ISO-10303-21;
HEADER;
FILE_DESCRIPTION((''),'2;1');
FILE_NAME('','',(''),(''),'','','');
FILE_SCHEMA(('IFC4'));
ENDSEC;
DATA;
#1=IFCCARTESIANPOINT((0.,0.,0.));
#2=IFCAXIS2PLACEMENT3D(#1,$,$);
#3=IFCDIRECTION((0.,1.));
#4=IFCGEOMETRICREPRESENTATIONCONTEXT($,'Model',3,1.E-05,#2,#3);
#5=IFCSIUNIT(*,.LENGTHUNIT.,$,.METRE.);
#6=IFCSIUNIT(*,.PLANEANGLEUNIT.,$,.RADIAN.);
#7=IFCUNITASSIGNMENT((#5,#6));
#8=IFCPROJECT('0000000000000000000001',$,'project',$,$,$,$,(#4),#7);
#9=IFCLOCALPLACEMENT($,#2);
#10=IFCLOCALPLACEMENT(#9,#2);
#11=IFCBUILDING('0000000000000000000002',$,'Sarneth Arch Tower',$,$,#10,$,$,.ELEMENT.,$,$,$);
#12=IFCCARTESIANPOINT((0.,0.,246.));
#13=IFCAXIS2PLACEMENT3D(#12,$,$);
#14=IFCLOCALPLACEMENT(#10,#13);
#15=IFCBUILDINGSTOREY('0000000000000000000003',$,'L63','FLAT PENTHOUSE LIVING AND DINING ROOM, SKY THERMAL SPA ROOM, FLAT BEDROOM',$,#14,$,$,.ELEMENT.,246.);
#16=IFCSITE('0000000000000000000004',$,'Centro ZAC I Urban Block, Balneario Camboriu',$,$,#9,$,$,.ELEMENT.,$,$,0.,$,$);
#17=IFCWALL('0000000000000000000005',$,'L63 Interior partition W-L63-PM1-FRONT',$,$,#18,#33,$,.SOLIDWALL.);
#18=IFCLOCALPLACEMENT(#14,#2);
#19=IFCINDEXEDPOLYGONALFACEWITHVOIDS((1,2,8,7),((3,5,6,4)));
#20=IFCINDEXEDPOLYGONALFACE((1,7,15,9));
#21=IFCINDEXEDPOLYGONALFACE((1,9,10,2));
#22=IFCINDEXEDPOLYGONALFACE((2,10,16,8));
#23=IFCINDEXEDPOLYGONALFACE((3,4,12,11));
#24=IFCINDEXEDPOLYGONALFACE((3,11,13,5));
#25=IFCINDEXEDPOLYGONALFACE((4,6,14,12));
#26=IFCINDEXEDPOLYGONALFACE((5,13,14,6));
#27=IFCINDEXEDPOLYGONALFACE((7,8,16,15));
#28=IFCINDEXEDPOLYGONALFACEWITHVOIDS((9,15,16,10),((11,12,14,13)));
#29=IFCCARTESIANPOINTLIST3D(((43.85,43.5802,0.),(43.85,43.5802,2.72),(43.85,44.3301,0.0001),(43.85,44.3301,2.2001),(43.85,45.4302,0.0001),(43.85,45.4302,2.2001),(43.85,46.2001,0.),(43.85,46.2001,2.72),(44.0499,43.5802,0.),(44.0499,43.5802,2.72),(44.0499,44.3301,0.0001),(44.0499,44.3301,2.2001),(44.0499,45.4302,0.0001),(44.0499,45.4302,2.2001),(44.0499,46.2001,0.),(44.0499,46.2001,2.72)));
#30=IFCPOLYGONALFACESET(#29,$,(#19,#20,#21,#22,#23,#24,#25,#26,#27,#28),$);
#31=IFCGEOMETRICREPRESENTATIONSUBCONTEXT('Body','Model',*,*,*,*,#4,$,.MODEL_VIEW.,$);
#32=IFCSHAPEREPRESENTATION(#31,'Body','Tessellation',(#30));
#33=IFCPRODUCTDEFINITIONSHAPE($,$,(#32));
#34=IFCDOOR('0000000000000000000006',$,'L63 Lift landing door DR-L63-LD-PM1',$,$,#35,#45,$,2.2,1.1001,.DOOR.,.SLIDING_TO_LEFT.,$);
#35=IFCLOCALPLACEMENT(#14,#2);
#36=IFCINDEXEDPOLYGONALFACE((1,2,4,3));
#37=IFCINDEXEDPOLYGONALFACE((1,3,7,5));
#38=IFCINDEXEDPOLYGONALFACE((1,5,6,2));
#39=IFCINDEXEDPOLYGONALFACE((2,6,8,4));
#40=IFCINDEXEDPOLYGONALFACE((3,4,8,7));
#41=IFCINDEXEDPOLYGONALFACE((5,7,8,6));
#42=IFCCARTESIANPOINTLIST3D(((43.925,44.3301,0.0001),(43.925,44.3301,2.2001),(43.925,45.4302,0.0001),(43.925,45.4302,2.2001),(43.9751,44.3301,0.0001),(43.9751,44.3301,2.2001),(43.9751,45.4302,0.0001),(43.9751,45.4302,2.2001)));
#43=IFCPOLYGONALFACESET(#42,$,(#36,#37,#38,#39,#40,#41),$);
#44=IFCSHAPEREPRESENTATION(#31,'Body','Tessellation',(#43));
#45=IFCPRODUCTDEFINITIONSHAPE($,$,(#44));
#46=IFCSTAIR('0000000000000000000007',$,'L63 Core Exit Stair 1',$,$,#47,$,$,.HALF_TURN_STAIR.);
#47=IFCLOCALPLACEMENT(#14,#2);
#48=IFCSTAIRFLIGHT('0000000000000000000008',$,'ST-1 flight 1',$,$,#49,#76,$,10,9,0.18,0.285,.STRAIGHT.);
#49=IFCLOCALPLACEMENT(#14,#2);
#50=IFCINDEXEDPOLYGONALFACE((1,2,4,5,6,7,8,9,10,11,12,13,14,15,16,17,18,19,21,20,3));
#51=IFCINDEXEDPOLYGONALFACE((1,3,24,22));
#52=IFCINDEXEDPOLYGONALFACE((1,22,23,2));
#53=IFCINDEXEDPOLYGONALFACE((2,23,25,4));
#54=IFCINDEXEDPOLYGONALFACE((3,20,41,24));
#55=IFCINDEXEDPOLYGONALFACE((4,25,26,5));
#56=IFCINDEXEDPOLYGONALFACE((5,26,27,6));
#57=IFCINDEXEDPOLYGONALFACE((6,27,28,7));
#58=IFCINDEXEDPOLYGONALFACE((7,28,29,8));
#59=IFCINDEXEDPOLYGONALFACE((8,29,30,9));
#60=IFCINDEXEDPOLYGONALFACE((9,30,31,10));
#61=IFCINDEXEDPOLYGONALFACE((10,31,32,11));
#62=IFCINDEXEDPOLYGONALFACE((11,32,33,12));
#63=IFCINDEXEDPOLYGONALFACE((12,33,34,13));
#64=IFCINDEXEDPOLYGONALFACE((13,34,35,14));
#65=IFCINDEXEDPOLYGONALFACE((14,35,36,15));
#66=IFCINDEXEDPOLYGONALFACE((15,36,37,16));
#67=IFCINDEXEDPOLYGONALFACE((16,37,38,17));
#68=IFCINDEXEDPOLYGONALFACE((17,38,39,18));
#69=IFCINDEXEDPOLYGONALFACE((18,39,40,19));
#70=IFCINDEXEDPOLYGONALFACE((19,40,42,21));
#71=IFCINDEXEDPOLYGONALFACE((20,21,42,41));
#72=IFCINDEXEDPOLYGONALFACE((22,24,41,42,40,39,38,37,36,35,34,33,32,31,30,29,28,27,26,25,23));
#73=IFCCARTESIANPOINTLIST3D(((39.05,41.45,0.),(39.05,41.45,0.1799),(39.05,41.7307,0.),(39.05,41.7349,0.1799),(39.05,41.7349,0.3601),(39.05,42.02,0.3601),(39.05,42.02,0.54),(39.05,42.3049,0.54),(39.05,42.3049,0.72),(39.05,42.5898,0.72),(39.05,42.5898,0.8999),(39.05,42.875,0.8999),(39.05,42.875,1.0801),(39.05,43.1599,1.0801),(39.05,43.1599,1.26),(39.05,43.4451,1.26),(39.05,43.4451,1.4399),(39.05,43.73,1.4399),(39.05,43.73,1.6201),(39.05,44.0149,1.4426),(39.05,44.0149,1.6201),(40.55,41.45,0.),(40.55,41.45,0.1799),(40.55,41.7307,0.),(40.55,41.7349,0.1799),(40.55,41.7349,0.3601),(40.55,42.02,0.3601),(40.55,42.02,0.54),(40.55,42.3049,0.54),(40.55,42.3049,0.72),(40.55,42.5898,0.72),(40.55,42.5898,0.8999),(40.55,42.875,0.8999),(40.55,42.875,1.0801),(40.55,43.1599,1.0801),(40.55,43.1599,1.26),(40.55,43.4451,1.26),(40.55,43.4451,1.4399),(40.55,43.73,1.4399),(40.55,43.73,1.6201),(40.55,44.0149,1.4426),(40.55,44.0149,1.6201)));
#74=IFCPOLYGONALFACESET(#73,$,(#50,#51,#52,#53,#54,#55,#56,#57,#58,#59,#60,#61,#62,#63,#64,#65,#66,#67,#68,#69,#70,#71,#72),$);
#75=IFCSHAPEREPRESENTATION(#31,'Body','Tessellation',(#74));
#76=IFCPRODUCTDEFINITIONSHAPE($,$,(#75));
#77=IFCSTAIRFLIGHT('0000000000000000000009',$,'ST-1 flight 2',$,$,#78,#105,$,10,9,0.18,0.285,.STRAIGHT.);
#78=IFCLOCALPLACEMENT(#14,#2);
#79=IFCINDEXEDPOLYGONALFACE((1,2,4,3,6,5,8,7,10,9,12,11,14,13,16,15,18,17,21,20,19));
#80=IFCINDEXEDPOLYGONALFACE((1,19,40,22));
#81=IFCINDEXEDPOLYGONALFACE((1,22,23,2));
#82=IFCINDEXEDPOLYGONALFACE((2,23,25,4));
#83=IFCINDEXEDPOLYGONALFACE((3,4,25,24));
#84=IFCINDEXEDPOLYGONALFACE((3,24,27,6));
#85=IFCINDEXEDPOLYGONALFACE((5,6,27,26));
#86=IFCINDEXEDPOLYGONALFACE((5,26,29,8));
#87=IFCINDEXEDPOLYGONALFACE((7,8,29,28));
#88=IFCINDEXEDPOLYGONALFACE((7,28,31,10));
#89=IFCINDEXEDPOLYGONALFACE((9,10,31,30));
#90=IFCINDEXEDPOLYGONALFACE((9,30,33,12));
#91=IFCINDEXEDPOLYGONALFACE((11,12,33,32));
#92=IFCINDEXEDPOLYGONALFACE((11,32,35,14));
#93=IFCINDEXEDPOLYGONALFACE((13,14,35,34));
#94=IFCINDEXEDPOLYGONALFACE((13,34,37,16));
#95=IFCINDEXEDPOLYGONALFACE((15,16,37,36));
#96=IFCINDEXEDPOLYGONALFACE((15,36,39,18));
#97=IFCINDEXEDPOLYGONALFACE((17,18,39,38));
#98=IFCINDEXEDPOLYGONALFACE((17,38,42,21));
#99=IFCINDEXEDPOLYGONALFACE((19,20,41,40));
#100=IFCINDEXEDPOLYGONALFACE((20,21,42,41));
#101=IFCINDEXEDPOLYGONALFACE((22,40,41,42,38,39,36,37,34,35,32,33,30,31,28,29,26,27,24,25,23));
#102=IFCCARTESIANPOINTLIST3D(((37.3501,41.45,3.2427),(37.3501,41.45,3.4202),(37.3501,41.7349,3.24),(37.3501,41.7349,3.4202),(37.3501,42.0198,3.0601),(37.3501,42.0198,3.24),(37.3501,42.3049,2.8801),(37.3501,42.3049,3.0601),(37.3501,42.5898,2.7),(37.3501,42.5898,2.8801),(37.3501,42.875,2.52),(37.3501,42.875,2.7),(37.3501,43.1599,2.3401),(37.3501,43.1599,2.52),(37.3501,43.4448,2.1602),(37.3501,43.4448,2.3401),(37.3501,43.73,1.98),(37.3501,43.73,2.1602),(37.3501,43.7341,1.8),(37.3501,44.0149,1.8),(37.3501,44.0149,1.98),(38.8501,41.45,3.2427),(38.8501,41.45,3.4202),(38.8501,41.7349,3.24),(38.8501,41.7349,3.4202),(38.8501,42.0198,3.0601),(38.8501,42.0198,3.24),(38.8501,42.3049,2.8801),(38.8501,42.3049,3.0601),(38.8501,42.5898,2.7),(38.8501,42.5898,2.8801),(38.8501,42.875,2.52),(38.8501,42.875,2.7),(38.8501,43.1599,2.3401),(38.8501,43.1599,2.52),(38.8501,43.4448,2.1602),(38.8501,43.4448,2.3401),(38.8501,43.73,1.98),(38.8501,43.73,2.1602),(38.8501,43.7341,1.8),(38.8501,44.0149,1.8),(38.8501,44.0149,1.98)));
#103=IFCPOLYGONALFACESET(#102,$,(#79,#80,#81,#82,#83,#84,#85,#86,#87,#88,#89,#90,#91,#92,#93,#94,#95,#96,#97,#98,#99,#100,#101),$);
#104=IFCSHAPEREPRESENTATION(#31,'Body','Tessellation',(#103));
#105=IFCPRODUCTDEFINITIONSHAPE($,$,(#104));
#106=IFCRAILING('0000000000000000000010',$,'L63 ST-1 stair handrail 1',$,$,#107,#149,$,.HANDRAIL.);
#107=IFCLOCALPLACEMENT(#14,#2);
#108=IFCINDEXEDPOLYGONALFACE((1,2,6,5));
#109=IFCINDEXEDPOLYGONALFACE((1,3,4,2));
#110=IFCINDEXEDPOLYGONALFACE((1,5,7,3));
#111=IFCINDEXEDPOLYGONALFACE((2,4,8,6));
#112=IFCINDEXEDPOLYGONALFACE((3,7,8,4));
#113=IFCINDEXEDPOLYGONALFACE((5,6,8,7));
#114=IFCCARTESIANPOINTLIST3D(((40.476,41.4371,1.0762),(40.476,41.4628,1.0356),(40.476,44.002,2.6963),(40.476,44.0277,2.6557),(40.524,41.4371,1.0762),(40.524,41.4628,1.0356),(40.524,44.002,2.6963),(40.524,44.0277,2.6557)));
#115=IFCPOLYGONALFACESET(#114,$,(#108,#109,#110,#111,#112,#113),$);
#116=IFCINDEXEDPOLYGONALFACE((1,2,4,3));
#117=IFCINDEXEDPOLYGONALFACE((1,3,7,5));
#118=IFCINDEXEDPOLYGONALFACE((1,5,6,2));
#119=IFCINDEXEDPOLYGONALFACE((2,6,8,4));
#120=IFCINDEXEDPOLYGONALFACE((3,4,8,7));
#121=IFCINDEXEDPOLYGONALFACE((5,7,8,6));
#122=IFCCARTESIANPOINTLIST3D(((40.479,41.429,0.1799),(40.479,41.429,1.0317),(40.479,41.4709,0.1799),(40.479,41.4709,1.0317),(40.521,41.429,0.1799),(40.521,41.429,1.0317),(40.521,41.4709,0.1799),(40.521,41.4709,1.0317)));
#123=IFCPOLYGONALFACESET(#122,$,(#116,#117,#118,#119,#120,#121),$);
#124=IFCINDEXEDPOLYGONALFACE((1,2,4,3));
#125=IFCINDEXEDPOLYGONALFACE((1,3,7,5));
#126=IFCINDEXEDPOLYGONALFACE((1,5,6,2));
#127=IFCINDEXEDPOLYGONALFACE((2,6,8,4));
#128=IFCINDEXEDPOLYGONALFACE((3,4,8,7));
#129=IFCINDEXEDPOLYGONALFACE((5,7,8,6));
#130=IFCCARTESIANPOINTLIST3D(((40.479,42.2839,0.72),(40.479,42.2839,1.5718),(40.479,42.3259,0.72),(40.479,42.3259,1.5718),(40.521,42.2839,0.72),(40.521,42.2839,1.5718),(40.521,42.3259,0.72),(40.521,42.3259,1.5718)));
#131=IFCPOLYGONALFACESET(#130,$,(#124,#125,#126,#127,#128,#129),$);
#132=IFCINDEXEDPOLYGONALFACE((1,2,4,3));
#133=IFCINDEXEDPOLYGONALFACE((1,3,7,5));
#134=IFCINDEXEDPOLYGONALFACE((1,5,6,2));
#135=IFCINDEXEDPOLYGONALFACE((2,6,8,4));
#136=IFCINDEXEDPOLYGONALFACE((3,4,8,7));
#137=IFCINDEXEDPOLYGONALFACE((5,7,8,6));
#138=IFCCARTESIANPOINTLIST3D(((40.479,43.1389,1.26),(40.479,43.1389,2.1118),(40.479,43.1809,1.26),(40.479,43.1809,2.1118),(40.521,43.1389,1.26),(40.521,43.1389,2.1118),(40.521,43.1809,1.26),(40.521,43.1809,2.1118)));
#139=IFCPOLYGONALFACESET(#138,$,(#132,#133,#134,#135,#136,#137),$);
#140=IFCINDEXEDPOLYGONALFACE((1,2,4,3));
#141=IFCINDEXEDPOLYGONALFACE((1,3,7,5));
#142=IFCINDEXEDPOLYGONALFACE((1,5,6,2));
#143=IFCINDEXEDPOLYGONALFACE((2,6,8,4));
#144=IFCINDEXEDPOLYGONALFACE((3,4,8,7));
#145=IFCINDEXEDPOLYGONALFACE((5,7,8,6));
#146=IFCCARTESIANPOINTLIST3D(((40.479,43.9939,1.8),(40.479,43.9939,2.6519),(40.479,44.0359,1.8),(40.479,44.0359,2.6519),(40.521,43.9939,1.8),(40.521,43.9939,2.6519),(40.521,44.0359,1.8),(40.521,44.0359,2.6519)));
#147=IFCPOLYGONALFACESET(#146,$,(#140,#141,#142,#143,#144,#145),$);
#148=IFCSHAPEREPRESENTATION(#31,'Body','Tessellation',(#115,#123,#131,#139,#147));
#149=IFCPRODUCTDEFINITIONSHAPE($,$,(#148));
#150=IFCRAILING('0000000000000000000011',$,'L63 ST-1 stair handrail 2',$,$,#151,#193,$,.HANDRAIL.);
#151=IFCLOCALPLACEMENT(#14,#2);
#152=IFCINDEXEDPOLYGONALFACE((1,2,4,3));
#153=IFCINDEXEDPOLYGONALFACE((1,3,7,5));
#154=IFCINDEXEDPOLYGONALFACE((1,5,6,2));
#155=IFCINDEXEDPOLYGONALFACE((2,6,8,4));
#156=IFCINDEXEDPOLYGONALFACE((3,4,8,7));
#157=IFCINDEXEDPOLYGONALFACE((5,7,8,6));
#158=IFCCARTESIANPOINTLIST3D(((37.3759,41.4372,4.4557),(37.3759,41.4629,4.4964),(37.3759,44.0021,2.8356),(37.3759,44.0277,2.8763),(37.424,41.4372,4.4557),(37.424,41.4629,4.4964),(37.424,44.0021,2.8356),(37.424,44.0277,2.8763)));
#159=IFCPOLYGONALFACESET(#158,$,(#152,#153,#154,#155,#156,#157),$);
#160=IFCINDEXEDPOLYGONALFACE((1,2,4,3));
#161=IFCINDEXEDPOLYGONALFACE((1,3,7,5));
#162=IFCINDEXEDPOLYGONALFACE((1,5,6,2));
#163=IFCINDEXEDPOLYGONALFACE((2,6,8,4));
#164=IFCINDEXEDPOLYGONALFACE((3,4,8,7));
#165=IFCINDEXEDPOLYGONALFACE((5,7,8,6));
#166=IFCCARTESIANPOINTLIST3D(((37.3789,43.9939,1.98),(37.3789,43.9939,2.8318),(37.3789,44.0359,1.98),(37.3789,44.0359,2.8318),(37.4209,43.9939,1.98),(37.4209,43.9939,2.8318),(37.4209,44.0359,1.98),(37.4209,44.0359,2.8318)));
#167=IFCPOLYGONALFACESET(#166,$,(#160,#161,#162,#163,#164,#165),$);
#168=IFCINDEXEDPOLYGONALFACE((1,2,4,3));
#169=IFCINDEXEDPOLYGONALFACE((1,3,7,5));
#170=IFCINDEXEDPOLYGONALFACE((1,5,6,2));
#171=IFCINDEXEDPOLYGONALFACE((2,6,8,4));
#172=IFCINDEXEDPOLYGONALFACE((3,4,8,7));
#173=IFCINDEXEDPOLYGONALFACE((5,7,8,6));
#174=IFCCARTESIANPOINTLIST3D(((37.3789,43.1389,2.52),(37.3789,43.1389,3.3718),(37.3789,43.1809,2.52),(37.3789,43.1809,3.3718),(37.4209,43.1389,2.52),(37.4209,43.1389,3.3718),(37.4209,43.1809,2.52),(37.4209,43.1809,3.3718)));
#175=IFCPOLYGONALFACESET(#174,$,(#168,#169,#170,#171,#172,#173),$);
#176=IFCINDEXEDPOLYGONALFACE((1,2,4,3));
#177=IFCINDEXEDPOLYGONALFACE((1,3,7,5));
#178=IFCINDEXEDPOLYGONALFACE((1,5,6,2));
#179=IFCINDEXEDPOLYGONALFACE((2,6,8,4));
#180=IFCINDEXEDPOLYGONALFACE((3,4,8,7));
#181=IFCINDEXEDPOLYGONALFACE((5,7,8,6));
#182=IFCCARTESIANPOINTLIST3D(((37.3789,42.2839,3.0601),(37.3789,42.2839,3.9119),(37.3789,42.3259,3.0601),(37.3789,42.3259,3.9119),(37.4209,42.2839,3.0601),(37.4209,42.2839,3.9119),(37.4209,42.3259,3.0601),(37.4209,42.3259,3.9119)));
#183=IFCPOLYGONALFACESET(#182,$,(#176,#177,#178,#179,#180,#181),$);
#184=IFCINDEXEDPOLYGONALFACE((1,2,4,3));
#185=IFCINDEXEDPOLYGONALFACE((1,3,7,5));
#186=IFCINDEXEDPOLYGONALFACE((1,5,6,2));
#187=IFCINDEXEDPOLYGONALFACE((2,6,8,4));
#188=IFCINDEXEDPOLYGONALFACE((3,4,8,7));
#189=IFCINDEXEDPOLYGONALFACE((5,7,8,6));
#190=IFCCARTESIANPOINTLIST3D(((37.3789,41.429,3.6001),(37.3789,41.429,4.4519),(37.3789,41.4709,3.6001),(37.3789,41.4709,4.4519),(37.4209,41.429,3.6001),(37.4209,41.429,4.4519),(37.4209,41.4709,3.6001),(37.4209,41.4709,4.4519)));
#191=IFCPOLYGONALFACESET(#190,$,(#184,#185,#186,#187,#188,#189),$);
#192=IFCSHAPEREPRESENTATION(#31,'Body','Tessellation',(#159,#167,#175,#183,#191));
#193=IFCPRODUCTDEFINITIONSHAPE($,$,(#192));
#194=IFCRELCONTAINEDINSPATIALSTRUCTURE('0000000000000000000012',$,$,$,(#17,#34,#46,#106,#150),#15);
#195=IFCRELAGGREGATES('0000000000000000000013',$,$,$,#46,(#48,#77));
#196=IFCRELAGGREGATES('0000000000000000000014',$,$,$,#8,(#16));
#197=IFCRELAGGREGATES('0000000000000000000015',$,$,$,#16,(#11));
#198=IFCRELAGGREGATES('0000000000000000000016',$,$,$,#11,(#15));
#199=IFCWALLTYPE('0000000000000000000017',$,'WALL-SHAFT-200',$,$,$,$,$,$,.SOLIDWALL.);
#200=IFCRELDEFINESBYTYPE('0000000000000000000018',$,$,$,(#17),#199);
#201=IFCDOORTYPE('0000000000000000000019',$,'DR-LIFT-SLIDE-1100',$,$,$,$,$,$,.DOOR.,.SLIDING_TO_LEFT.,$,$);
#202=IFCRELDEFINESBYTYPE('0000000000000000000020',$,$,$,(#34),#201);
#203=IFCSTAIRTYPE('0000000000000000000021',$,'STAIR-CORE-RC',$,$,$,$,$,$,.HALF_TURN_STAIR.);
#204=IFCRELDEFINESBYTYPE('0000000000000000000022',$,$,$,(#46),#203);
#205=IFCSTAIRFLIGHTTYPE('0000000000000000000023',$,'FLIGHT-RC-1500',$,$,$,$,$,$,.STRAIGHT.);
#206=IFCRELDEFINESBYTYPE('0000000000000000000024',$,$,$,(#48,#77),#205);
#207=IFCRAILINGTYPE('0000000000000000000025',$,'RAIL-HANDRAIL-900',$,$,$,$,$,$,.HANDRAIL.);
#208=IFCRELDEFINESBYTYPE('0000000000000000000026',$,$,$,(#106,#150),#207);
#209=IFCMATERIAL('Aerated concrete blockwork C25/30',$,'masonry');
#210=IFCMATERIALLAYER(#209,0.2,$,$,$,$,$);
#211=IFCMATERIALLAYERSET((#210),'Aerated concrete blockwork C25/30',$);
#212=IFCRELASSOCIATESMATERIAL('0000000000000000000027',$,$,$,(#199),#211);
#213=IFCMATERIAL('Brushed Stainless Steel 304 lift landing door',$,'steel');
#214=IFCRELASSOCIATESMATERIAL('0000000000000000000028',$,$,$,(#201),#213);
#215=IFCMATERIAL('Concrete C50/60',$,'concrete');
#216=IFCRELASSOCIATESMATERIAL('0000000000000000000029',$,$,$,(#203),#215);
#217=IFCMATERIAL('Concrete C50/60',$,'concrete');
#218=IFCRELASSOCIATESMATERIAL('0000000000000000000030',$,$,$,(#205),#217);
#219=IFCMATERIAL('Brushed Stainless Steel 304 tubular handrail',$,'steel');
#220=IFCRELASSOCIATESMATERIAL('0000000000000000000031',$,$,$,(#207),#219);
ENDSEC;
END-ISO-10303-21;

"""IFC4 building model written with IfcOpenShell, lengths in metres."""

from ifc_helpers import new_model, si_unit, direction, frame, frame_2d, origin, origin_2d, place, context, subcontext, project, spatial, polyline, rectangle, outline, extrude, material, layer, layer_set, type_object, element, fill, aggregate, save


model = new_model("IFC4")

# Units and contexts
model_context = context("Model", 3, precision=1e-05, world=origin(), true_north=direction((0.0, 1.0)))
body_context = subcontext(model_context, "Body", "Model", "MODEL_VIEW")
ifc_project = project(units=[si_unit("LENGTHUNIT", "METRE"), si_unit("PLANEANGLEUNIT", "RADIAN")], contexts=[model_context])

# Site, building, storey
site_placement = place(None, origin())
site = spatial("IfcSite", under=ifc_project, at=site_placement, Name="Centro ZAC I Urban Block, Balneario Camboriu", CompositionType="ELEMENT", RefElevation=0.0)
building_placement = place(site_placement, origin())
building = spatial("IfcBuilding", under=site, at=building_placement, Name="Sarneth Arch Tower", CompositionType="ELEMENT")
storey_placement = place(building_placement, frame((0.0, 0.0, 246.0)))
storey = spatial("IfcBuildingStorey", under=building, at=storey_placement, Name="L63", Description="FLAT PENTHOUSE LIVING AND DINING ROOM, SKY THERMAL SPA ROOM, FLAT BEDROOM", CompositionType="ELEMENT", Elevation=246.0)

# Shared definitions
ifc_material_1 = material(Name="Aerated concrete blockwork C25/30", Category="masonry")
ifc_layer_1 = layer(ifc_material_1, 0.2)
ifc_layer_set_1 = layer_set([ifc_layer_1], Name="Aerated concrete blockwork C25/30")
wall_type_1 = type_object("IfcWallType", Name="WALL-SHAFT-200", PredefinedType="SOLIDWALL", material=ifc_layer_set_1)

# Wall, opening, door
wall_1_placement = place(storey_placement, frame((43.95, 43.5801, 0.0), z_axis=(0.0, 0.0, 1.0), x_axis=(0.0, 1.0, 0.0)))
wall_1 = element("IfcWall", 1, at=wall_1_placement, inside=storey, type_object=wall_type_1, Name="L63 Interior partition W-L63-PM1-FRONT", PredefinedType="SOLIDWALL", context=body_context, shape_type="SweptSolid", body=[
    extrude(rectangle(XDim=2.6199, YDim=0.2, at=frame_2d((1.3101, 0.0))), origin(), (0.0, 0.0, 1.0), 2.72),
])
opening_1_placement = place(wall_1_placement, frame((0.75, 0.0, 0.0)))
opening_1 = element("IfcOpeningElement", 2, at=opening_1_placement, cuts=wall_1, PredefinedType="OPENING", context=body_context, shape_type="SweptSolid", body=[
    extrude(rectangle(XDim=1.1001, YDim=2.2, at=frame_2d((0.55, 1.1001))), frame((0.0, 0.1099, 0.0), z_axis=(0.0, -1.0, 0.0), x_axis=(1.0, 0.0, 0.0)), (0.0, 0.0, 1.0), 0.22),
])
ifc_material_2 = material(Name="Brushed Stainless Steel 304 lift landing door", Category="steel")
door_type_1 = type_object("IfcDoorType", Name="DR-LIFT-SLIDE-1100", OperationType="SLIDING_TO_LEFT", PredefinedType="DOOR", material=ifc_material_2)
door_1_placement = place(opening_1_placement, origin())
door_1 = element("IfcDoor", 3, at=door_1_placement, inside=storey, type_object=door_type_1, Name="L63 Lift landing door DR-L63-LD-PM1", OperationType="SLIDING_TO_LEFT", OverallHeight=2.2, OverallWidth=1.1001, PredefinedType="DOOR", context=body_context, shape_type="SweptSolid", body=[
    extrude(rectangle(XDim=1.1001, YDim=2.2, at=frame_2d((0.55, 1.1001))), frame((0.0, 0.0249, 0.0), z_axis=(0.0, -1.0, 0.0), x_axis=(1.0, 0.0, 0.0)), (0.0, 0.0, 1.0), 0.05),
])
fill(opening_1, door_1)

# Stair, stair flights
ifc_material_3 = material(Name="Concrete C50/60", Category="concrete")
stair_type = type_object("IfcStairType", Name="STAIR-CORE-RC", PredefinedType="HALF_TURN_STAIR", material=ifc_material_3)
stair_placement = place(storey_placement, origin())
stair = element("IfcStair", 4, at=stair_placement, inside=storey, type_object=stair_type, Name="L63 Core Exit Stair 1", PredefinedType="HALF_TURN_STAIR")
ifc_material_4 = material(Name="Concrete C50/60", Category="concrete")
stair_flight_type = type_object("IfcStairFlightType", Name="FLIGHT-RC-1500", PredefinedType="STRAIGHT", material=ifc_material_4)
stair_flight_1_placement = place(storey_placement, frame((39.8, 41.45, 0.0), z_axis=(0.0, 0.0, 1.0), x_axis=(0.0, 1.0, 0.0)))
stair_flight_1 = element("IfcStairFlight", 5, at=stair_flight_1_placement, type_object=stair_flight_type, Name="ST-1 flight 1", NumberOfRisers=10, NumberOfTreads=9, PredefinedType="STRAIGHT", RiserHeight=0.18, TreadLength=0.285, context=body_context, shape_type="SweptSolid", body=[
    extrude(outline(polyline([(0.0, 0.0), (0.0, 0.1799), (0.2849, 0.1799), (0.2849, 0.3601), (0.5701, 0.3601), (0.5701, 0.54), (0.855, 0.54), (0.855, 0.72), (1.1399, 0.72), (1.1399, 0.8999), (1.425, 0.8999), (1.425, 1.0801), (1.71, 1.0801), (1.71, 1.26), (1.9951, 1.26), (1.9951, 1.4399), (2.28, 1.4399), (2.28, 1.6201), (2.5649, 1.6201), (2.5649, 1.8), (2.5649, 1.4426), (0.2808, 0.0), (0.0, 0.0)])), frame((0.0, 0.75, 0.0), z_axis=(0.0, -1.0, 0.0), x_axis=(1.0, 0.0, 0.0)), (0.0, 0.0, 1.0), 1.5),
])
stair_flight_2_placement = place(storey_placement, frame((38.1001, 44.0149, 1.8), z_axis=(0.0, 0.0, 1.0), x_axis=(0.0, -1.0, 0.0)))
stair_flight_2 = element("IfcStairFlight", 6, at=stair_flight_2_placement, type_object=stair_flight_type, Name="ST-1 flight 2", NumberOfRisers=10, NumberOfTreads=9, PredefinedType="STRAIGHT", RiserHeight=0.18, TreadLength=0.285, context=body_context, shape_type="SweptSolid", body=[
    extrude(outline(polyline([(0.0, 0.0), (0.0, 0.1799), (0.2849, 0.1799), (0.2849, 0.3601), (0.5701, 0.3601), (0.5701, 0.54), (0.855, 0.54), (0.855, 0.72), (1.1399, 0.72), (1.1399, 0.8999), (1.425, 0.8999), (1.425, 1.0801), (1.71, 1.0801), (1.71, 1.26), (1.9951, 1.26), (1.9951, 1.4399), (2.28, 1.4399), (2.28, 1.6201), (2.5649, 1.6201), (2.5649, 1.8), (2.5649, 1.4426), (0.2808, 0.0), (0.0, 0.0)])), frame((0.0, 0.75, 0.0), z_axis=(0.0, -1.0, 0.0), x_axis=(1.0, 0.0, 0.0)), (0.0, 0.0, 1.0), 1.5),
])
aggregate(stair, [stair_flight_1, stair_flight_2])

# Railings
ifc_material_5 = material(Name="Brushed Stainless Steel 304 tubular handrail", Category="steel")
railing_type_1 = type_object("IfcRailingType", Name="RAIL-HANDRAIL-900", PredefinedType="HANDRAIL", material=ifc_material_5)
railing_1_placement = place(storey_placement, frame((40.5, 41.45, 0.1799)))
element("IfcRailing", 7, at=railing_1_placement, inside=storey, type_object=railing_type_1, Name="L63 ST-1 stair handrail 1", PredefinedType="HANDRAIL", context=body_context, shape_type="SweptSolid", body=[
    extrude(rectangle(XDim=0.0481, YDim=0.0481, at=origin_2d()), frame((0.0, 0.0, 0.876), z_axis=(0.0, 0.845466, 0.534029), x_axis=(-1.0, 0.0, 0.0)), (0.0, 0.0, 1.0), 3.0337),
    extrude(rectangle(XDim=0.042, YDim=0.042, at=origin_2d()), origin(), (0.0, 0.0, 1.0), 0.8518),
    extrude(rectangle(XDim=0.042, YDim=0.042, at=origin_2d()), frame((0.0, 0.855, 0.54)), (0.0, 0.0, 1.0), 0.8518),
    extrude(rectangle(XDim=0.042, YDim=0.042, at=origin_2d()), frame((0.0, 1.71, 1.0801)), (0.0, 0.0, 1.0), 0.8518),
    extrude(rectangle(XDim=0.042, YDim=0.042, at=origin_2d()), frame((0.0, 2.5649, 1.6201)), (0.0, 0.0, 1.0), 0.8518),
])
railing_2_placement = place(storey_placement, frame((37.3999, 44.0149, 1.98)))
element("IfcRailing", 8, at=railing_2_placement, inside=storey, type_object=railing_type_1, Name="L63 ST-1 stair handrail 2", PredefinedType="HANDRAIL", context=body_context, shape_type="SweptSolid", body=[
    extrude(rectangle(XDim=0.0481, YDim=0.0481, at=origin_2d()), frame((0.0, 0.0, 0.876), z_axis=(0.0, -0.845466, 0.534029), x_axis=(1.0, 0.0, 0.0)), (0.0, 0.0, 1.0), 3.0337),
    extrude(rectangle(XDim=0.042, YDim=0.042, at=origin_2d()), origin(), (0.0, 0.0, 1.0), 0.8518),
    extrude(rectangle(XDim=0.042, YDim=0.042, at=origin_2d()), frame((0.0, -0.855, 0.54)), (0.0, 0.0, 1.0), 0.8518),
    extrude(rectangle(XDim=0.042, YDim=0.042, at=origin_2d()), frame((0.0, -1.71, 1.0801)), (0.0, 0.0, 1.0), 0.8518),
    extrude(rectangle(XDim=0.042, YDim=0.042, at=origin_2d()), frame((0.0, -2.5649, 1.6201)), (0.0, 0.0, 1.0), 0.8518),
])

save(model, "model.ifc")
